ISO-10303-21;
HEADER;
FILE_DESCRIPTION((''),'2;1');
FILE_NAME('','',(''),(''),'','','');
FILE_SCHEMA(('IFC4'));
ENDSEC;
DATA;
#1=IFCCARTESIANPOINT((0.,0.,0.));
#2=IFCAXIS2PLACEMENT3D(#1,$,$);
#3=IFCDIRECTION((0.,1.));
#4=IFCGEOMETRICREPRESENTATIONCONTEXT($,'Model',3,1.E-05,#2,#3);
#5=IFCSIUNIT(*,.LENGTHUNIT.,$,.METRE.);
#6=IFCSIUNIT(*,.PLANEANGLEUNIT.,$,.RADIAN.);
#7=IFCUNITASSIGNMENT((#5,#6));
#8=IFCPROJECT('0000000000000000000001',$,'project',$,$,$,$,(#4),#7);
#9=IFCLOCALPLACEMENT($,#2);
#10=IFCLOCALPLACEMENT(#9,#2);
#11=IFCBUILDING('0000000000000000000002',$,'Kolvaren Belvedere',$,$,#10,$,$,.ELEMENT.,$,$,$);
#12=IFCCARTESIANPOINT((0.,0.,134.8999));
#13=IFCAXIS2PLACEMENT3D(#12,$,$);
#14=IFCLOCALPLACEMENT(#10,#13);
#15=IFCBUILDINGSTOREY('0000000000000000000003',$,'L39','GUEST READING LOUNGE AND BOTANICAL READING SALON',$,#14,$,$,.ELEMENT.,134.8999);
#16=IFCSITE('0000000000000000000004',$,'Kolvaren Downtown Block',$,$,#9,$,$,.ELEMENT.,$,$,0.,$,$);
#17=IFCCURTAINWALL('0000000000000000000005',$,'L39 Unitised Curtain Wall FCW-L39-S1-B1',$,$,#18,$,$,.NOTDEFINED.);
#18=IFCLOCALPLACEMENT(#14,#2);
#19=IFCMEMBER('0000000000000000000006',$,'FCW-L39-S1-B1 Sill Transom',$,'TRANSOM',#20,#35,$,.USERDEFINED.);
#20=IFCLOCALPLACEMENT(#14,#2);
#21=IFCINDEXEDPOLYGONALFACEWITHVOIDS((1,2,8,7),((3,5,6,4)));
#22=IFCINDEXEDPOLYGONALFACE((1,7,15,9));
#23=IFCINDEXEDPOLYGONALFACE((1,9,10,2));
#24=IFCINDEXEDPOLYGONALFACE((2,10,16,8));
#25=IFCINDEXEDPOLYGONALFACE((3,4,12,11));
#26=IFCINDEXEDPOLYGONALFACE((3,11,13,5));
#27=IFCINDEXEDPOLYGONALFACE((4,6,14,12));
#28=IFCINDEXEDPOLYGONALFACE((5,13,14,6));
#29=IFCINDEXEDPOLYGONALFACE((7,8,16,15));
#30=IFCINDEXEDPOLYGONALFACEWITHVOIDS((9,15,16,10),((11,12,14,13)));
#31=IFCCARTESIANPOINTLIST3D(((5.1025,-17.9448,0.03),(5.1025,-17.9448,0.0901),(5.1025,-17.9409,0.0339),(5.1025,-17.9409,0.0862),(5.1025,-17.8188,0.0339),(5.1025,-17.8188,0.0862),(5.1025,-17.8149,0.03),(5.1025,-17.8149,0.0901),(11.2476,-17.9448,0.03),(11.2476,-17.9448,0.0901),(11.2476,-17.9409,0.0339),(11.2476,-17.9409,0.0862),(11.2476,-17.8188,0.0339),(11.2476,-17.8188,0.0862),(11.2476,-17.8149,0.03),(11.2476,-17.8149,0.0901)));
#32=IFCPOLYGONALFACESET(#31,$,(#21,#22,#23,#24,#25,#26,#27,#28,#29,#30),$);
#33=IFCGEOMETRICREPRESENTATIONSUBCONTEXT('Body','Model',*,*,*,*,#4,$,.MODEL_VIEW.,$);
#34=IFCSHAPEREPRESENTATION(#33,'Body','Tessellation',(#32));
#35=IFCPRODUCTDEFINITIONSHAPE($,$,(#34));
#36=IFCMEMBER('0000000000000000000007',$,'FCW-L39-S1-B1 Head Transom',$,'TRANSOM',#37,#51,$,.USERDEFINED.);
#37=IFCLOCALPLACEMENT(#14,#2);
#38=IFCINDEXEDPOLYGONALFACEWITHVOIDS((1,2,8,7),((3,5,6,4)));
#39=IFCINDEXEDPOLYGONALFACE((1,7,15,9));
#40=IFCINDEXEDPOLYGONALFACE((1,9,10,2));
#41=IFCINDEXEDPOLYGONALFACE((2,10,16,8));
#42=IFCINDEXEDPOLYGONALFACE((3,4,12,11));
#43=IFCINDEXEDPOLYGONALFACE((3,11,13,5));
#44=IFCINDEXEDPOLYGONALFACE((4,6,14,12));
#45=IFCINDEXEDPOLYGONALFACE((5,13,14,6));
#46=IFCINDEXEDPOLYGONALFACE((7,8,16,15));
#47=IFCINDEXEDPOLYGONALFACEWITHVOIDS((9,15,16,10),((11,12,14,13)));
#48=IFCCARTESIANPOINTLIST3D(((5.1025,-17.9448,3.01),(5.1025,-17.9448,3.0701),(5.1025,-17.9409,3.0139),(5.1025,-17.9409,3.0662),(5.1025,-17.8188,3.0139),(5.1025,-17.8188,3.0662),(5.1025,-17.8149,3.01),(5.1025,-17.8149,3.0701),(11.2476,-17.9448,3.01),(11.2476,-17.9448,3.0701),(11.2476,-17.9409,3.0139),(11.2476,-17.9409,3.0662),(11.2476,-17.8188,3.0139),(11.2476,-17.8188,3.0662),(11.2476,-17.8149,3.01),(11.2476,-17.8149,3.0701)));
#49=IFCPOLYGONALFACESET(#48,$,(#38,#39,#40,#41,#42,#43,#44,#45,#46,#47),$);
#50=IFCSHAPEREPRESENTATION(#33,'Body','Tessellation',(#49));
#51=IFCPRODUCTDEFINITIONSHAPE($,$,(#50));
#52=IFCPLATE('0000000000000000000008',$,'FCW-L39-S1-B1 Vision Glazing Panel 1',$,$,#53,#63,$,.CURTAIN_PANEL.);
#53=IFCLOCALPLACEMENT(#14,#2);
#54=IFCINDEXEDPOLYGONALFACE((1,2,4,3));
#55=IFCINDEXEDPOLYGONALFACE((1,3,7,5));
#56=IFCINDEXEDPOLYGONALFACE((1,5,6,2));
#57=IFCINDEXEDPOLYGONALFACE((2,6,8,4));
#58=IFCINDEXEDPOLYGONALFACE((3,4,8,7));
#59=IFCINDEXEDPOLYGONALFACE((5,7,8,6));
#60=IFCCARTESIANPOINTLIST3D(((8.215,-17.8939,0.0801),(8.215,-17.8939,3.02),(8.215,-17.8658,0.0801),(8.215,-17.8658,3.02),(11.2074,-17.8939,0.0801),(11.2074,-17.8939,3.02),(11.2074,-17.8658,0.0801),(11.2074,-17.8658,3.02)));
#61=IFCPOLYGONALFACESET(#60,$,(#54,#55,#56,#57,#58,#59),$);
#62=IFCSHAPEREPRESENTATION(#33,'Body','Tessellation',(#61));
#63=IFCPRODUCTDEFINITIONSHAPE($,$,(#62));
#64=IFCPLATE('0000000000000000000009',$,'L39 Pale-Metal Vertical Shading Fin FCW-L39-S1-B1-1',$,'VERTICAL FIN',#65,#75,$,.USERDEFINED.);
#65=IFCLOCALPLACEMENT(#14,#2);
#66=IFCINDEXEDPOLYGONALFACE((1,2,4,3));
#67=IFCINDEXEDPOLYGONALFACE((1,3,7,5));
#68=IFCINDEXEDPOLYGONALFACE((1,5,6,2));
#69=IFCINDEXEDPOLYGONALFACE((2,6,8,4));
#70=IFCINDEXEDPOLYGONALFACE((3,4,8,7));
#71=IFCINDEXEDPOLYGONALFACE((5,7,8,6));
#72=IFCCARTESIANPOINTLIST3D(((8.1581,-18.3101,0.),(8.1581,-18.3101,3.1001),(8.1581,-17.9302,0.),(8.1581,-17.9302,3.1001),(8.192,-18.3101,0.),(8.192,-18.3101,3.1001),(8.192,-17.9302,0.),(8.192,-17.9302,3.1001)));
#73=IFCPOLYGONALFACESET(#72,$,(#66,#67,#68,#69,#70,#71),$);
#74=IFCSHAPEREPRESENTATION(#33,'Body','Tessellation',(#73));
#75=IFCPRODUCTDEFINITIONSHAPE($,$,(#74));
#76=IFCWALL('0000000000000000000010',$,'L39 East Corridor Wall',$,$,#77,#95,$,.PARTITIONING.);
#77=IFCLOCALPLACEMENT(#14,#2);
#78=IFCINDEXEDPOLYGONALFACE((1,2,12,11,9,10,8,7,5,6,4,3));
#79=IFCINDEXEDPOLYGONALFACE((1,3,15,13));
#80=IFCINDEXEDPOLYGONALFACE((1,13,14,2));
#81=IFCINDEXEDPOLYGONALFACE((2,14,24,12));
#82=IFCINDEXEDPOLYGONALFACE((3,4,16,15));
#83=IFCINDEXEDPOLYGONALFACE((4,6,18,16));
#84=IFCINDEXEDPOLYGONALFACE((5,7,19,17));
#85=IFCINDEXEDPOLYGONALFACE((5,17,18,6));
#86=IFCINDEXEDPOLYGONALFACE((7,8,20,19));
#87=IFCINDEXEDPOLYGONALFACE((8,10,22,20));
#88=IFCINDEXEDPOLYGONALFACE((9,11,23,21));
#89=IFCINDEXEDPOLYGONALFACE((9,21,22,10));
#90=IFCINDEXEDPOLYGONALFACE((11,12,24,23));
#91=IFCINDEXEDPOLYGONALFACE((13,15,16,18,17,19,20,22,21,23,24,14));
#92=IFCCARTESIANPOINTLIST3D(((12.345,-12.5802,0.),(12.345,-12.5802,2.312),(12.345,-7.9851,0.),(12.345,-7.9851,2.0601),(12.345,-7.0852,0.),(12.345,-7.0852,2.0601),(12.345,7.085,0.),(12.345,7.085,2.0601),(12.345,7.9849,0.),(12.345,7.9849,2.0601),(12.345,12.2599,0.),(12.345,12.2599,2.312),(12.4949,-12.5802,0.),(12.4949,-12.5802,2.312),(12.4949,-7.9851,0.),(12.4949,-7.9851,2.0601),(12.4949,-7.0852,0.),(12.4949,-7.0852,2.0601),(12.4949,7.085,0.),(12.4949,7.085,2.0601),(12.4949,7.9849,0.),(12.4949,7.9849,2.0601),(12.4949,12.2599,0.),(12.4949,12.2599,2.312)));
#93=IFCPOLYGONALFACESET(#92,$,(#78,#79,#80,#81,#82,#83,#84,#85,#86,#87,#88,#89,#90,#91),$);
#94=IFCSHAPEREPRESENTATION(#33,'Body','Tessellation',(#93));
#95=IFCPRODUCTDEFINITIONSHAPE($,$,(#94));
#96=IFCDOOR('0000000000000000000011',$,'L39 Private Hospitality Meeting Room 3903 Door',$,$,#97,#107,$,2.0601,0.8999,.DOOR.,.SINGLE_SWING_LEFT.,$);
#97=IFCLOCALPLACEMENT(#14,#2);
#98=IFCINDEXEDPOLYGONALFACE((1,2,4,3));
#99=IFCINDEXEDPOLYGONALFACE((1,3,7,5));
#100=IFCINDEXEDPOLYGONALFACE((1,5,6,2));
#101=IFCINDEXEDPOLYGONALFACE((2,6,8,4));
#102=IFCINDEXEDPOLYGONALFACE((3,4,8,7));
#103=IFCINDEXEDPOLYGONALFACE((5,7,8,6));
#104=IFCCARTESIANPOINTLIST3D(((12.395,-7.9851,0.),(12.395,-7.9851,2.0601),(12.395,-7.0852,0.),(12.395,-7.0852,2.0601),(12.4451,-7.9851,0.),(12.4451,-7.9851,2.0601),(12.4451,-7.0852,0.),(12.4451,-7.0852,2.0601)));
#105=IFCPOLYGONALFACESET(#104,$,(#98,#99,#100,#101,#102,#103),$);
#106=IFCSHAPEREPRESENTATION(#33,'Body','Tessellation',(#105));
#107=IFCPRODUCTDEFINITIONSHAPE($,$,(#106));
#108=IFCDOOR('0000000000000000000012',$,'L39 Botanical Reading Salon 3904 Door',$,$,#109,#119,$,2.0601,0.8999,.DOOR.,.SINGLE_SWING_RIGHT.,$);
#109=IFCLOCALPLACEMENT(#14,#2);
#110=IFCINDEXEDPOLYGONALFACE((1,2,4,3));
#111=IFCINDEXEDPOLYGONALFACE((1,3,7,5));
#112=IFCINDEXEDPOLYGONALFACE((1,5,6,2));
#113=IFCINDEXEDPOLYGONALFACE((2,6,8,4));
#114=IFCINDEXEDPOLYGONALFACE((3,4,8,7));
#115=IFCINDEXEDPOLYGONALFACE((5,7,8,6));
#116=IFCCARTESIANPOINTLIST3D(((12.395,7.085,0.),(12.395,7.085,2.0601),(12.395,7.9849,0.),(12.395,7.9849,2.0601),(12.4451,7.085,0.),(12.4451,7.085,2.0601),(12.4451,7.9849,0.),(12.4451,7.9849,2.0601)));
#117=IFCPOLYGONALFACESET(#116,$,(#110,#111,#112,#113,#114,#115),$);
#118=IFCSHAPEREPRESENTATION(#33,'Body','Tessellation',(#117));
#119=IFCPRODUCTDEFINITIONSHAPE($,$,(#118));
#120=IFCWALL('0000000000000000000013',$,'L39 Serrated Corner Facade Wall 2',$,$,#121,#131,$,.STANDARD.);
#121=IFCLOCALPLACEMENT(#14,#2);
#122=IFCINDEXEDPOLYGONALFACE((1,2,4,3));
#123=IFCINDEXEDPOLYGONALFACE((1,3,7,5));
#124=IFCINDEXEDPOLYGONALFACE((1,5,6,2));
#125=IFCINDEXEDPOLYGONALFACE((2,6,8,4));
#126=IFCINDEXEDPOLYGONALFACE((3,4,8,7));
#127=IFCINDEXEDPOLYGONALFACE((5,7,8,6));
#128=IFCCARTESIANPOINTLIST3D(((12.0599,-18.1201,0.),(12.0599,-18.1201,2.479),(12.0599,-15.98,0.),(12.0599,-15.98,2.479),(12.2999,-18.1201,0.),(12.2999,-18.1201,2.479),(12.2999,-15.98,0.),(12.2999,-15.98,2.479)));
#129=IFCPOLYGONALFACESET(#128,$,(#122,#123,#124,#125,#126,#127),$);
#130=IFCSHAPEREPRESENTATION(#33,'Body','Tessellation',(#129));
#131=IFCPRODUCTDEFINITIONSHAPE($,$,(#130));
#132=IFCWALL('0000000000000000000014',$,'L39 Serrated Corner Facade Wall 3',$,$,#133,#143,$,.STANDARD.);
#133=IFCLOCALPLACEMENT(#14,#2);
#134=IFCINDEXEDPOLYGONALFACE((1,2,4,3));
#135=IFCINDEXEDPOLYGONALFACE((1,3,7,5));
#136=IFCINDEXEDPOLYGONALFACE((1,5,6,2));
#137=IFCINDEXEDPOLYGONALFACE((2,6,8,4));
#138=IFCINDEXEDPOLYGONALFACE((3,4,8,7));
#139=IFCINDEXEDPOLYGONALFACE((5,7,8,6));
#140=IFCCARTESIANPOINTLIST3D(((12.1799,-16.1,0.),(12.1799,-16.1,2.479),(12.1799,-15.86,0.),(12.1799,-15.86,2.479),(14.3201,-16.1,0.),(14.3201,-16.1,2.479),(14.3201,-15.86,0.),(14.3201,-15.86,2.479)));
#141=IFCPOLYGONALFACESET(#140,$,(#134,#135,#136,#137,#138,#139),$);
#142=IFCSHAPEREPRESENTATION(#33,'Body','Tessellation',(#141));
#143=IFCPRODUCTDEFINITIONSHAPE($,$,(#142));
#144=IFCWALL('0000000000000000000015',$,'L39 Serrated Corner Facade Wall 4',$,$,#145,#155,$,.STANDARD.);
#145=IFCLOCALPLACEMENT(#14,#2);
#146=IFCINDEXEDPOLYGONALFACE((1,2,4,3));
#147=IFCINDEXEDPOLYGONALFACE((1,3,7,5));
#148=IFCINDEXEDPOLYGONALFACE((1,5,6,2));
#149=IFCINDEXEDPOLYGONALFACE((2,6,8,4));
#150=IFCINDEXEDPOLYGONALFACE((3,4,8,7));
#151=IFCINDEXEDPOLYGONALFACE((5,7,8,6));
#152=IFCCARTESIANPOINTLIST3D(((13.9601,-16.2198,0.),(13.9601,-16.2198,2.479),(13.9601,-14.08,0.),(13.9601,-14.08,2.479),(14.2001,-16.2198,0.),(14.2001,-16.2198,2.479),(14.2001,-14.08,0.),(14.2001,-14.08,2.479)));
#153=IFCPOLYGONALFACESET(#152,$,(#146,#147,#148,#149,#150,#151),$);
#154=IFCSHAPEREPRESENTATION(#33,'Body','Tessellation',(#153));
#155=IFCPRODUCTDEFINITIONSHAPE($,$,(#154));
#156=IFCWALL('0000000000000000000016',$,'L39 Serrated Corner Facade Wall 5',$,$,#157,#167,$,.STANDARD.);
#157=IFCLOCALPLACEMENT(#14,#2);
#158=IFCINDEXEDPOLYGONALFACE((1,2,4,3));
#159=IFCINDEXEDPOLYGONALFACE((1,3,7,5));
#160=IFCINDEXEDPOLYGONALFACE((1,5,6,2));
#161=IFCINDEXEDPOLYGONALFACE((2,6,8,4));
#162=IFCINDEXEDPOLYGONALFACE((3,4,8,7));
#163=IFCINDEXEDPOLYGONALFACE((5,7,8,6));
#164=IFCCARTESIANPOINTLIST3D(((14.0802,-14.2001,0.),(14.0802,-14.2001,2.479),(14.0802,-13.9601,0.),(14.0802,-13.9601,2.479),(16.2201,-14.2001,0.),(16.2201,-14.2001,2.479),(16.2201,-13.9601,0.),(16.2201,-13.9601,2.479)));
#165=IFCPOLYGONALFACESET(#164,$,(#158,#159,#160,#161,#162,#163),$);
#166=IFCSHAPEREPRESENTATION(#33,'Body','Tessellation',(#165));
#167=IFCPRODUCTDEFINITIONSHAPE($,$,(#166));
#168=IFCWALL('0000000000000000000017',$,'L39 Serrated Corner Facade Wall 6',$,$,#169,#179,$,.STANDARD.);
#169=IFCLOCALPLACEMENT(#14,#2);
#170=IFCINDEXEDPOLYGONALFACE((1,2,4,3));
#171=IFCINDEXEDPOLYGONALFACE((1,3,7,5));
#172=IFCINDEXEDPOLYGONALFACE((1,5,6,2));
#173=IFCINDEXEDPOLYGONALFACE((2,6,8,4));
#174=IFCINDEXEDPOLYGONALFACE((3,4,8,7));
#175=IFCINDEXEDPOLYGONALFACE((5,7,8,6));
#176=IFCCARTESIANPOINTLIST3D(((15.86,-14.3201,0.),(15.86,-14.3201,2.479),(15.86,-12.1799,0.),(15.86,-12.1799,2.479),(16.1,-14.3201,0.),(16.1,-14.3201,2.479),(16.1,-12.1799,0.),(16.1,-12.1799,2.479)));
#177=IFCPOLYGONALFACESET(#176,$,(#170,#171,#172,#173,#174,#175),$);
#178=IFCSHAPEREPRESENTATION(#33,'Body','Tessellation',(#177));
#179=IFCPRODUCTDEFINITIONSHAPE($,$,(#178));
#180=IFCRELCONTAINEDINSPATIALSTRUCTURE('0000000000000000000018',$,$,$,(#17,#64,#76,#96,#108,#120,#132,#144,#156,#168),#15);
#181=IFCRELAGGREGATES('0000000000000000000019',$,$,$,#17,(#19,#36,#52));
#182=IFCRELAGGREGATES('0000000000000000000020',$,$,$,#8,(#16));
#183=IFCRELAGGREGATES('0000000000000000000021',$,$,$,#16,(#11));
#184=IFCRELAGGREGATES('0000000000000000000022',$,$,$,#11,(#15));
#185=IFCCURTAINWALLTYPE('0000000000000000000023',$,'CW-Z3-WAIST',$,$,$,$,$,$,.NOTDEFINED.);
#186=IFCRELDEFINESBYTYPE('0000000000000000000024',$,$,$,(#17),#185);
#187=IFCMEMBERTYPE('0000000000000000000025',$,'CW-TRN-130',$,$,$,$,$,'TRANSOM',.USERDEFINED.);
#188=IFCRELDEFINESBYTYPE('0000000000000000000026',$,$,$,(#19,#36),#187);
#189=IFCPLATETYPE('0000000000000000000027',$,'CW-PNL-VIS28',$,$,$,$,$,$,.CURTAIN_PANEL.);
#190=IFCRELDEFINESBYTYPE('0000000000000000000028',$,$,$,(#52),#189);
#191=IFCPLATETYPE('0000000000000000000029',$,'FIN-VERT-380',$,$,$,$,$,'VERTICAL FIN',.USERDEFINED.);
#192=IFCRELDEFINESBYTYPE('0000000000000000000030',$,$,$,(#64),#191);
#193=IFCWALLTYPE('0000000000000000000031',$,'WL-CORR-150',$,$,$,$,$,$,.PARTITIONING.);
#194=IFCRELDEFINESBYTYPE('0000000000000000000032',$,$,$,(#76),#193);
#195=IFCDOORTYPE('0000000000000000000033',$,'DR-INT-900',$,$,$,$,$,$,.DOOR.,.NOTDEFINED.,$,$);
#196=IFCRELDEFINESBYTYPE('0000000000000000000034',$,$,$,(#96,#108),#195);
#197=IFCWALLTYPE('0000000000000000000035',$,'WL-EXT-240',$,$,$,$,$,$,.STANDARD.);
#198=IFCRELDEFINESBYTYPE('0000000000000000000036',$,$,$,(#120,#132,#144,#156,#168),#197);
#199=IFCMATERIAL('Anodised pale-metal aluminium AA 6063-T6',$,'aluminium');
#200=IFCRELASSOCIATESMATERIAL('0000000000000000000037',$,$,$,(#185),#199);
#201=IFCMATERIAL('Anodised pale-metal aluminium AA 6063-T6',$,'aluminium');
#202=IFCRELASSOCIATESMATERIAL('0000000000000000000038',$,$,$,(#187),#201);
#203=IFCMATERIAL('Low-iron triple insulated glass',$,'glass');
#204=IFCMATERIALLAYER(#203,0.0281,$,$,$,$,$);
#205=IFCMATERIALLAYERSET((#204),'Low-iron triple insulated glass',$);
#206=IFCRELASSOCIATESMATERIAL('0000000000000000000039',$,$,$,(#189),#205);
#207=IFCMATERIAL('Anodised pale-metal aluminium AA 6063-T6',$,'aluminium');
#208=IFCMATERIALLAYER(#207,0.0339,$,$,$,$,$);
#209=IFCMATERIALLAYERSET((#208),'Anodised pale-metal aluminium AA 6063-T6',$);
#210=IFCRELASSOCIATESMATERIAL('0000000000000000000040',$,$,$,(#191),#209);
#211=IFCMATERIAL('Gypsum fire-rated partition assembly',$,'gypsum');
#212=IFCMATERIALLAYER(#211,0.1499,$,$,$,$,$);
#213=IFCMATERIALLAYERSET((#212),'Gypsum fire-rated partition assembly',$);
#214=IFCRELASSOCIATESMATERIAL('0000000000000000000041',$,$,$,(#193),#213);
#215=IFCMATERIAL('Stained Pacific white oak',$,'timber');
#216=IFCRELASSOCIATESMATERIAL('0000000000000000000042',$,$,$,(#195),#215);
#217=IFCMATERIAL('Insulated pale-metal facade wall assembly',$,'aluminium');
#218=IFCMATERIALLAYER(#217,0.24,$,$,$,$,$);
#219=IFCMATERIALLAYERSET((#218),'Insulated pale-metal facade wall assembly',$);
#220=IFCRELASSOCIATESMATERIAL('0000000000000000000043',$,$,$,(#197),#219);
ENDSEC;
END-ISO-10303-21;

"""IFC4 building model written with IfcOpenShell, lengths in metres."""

from ifc_helpers import new_model, si_unit, direction, frame, frame_2d, origin, origin_2d, place, context, subcontext, project, spatial, rectangle, hollow_rectangle, extrude, material, layer, layer_set, material_profile, profile_set, type_object, element, fill, aggregate, save


model = new_model("IFC4")

# Units and contexts
model_context = context("Model", 3, precision=1e-05, world=origin(), true_north=direction((0.0, 1.0)))
body_context = subcontext(model_context, "Body", "Model", "MODEL_VIEW")
ifc_project = project(units=[si_unit("LENGTHUNIT", "METRE"), si_unit("PLANEANGLEUNIT", "RADIAN")], contexts=[model_context])

# Site, building, storey
site_placement = place(None, origin())
site = spatial("IfcSite", under=ifc_project, at=site_placement, Name="Kolvaren Downtown Block", CompositionType="ELEMENT", RefElevation=0.0)
building_placement = place(site_placement, origin())
building = spatial("IfcBuilding", under=site, at=building_placement, Name="Kolvaren Belvedere", CompositionType="ELEMENT")
storey_placement = place(building_placement, frame((0.0, 0.0, 134.8999)))
storey = spatial("IfcBuildingStorey", under=building, at=storey_placement, Name="L39", Description="GUEST READING LOUNGE AND BOTANICAL READING SALON", CompositionType="ELEMENT", Elevation=134.8999)

# Curtain wall
ifc_material_1 = material(Name="Anodised pale-metal aluminium AA 6063-T6", Category="aluminium")
curtain_wall_type = type_object("IfcCurtainWallType", Name="CW-Z3-WAIST", PredefinedType="NOTDEFINED", material=ifc_material_1)
curtain_wall_1_placement = place(storey_placement, origin())
curtain_wall_1 = element("IfcCurtainWall", 1, at=curtain_wall_1_placement, inside=storey, type_object=curtain_wall_type, Name="L39 Unitised Curtain Wall FCW-L39-S1-B1", PredefinedType="NOTDEFINED")

# Members
ifc_material_2 = material(Name="Anodised pale-metal aluminium AA 6063-T6", Category="aluminium")
ifc_material_profile_1 = material_profile(ifc_material_2, hollow_rectangle(XDim=0.0601, YDim=0.1299, WallThickness=0.0039, at=origin_2d()), Name="ALU-TRN-130X60")
ifc_profile_set_1 = profile_set([ifc_material_profile_1], Name="Anodised pale-metal aluminium AA 6063-T6")
member_type_1 = type_object("IfcMemberType", Name="CW-TRN-130", ElementType="TRANSOM", PredefinedType="USERDEFINED", material=ifc_profile_set_1)
member_1_placement = place(storey_placement, frame((11.2476, -17.8799, 0.0601), z_axis=(-1.0, 0.0, 0.0), x_axis=(0.0, 0.0, 1.0)))
member_1 = element("IfcMember", 2, at=member_1_placement, type_object=member_type_1, Name="FCW-L39-S1-B1 Sill Transom", ObjectType="TRANSOM", PredefinedType="USERDEFINED", context=body_context, shape_type="SweptSolid", body=[
    extrude(hollow_rectangle(XDim=0.0601, YDim=0.1299, WallThickness=0.0039, at=origin_2d()), origin(), (0.0, 0.0, 1.0), 6.145),
])
member_2_placement = place(storey_placement, frame((11.2476, -17.8799, 3.04), z_axis=(-1.0, 0.0, 0.0), x_axis=(0.0, 0.0, 1.0)))
member_2 = element("IfcMember", 3, at=member_2_placement, type_object=member_type_1, Name="FCW-L39-S1-B1 Head Transom", ObjectType="TRANSOM", PredefinedType="USERDEFINED", context=body_context, shape_type="SweptSolid", body=[
    extrude(hollow_rectangle(XDim=0.0601, YDim=0.1299, WallThickness=0.0039, at=origin_2d()), origin(), (0.0, 0.0, 1.0), 6.145),
])

# Plates
ifc_material_3 = material(Name="Low-iron triple insulated glass", Category="glass")
ifc_layer_1 = layer(ifc_material_3, 0.0281)
ifc_layer_set_1 = layer_set([ifc_layer_1], Name="Low-iron triple insulated glass")
plate_type_1 = type_object("IfcPlateType", Name="CW-PNL-VIS28", PredefinedType="CURTAIN_PANEL", material=ifc_layer_set_1)
plate_1_placement = place(storey_placement, frame((9.7112, -17.8799, 0.0801), z_axis=(0.0, 0.0, 1.0), x_axis=(-1.0, 0.0, 0.0)))
plate_1 = element("IfcPlate", 4, at=plate_1_placement, type_object=plate_type_1, Name="FCW-L39-S1-B1 Vision Glazing Panel 1", PredefinedType="CURTAIN_PANEL", context=body_context, shape_type="SweptSolid", body=[
    extrude(rectangle(XDim=2.9924, YDim=0.0281, at=origin_2d()), origin(), (0.0, 0.0, 1.0), 2.9399),
])
aggregate(curtain_wall_1, [member_1, member_2, plate_1])
ifc_material_4 = material(Name="Anodised pale-metal aluminium AA 6063-T6", Category="aluminium")
ifc_layer_2 = layer(ifc_material_4, 0.0339)
ifc_layer_set_2 = layer_set([ifc_layer_2], Name="Anodised pale-metal aluminium AA 6063-T6")
plate_type_2 = type_object("IfcPlateType", Name="FIN-VERT-380", ElementType="VERTICAL FIN", PredefinedType="USERDEFINED", material=ifc_layer_set_2)
plate_2_placement = place(storey_placement, frame((8.175, -18.1201, 0.0), z_axis=(0.0, 0.0, 1.0), x_axis=(0.0, 1.0, 0.0)))
element("IfcPlate", 5, at=plate_2_placement, inside=storey, type_object=plate_type_2, Name="L39 Pale-Metal Vertical Shading Fin FCW-L39-S1-B1-1", ObjectType="VERTICAL FIN", PredefinedType="USERDEFINED", context=body_context, shape_type="SweptSolid", body=[
    extrude(rectangle(XDim=0.3799, YDim=0.0339, at=origin_2d()), origin(), (0.0, 0.0, 1.0), 3.1001),
])

# Wall, openings, doors
ifc_material_5 = material(Name="Gypsum fire-rated partition assembly", Category="gypsum")
ifc_layer_3 = layer(ifc_material_5, 0.1499)
ifc_layer_set_3 = layer_set([ifc_layer_3], Name="Gypsum fire-rated partition assembly")
wall_type_1 = type_object("IfcWallType", Name="WL-CORR-150", PredefinedType="PARTITIONING", material=ifc_layer_set_3)
wall_1_placement = place(storey_placement, frame((12.4199, -12.5801, 0.0), z_axis=(0.0, 0.0, 1.0), x_axis=(0.0, 1.0, 0.0)))
wall_1 = element("IfcWall", 6, at=wall_1_placement, inside=storey, type_object=wall_type_1, Name="L39 East Corridor Wall", PredefinedType="PARTITIONING", context=body_context, shape_type="SweptSolid", body=[
    extrude(rectangle(XDim=24.8401, YDim=0.1499, at=frame_2d((12.4199, 0.0))), origin(), (0.0, 0.0, 1.0), 2.312),
])
opening_1_placement = place(wall_1_placement, frame((4.595, 0.0, 0.0)))
opening_1 = element("IfcOpeningElement", 7, at=opening_1_placement, cuts=wall_1, PredefinedType="OPENING", context=body_context, shape_type="SweptSolid", body=[
    extrude(rectangle(XDim=0.8999, YDim=2.0601, at=frame_2d((0.45, 1.03))), frame((0.0, 0.085, 0.0), z_axis=(0.0, -1.0, 0.0), x_axis=(1.0, 0.0, 0.0)), (0.0, 0.0, 1.0), 0.1699),
])
opening_2_placement = place(wall_1_placement, frame((19.665, 0.0, 0.0)))
opening_2 = element("IfcOpeningElement", 8, at=opening_2_placement, cuts=wall_1, PredefinedType="OPENING", context=body_context, shape_type="SweptSolid", body=[
    extrude(rectangle(XDim=0.8999, YDim=2.0601, at=frame_2d((0.45, 1.03))), frame((0.0, 0.085, 0.0), z_axis=(0.0, -1.0, 0.0), x_axis=(1.0, 0.0, 0.0)), (0.0, 0.0, 1.0), 0.1699),
])
ifc_material_6 = material(Name="Stained Pacific white oak", Category="timber")
door_type = type_object("IfcDoorType", Name="DR-INT-900", OperationType="NOTDEFINED", PredefinedType="DOOR", material=ifc_material_6)
door_1_placement = place(opening_1_placement, origin())
door_1 = element("IfcDoor", 9, at=door_1_placement, inside=storey, type_object=door_type, Name="L39 Private Hospitality Meeting Room 3903 Door", OperationType="SINGLE_SWING_LEFT", OverallHeight=2.0601, OverallWidth=0.8999, PredefinedType="DOOR", context=body_context, shape_type="SweptSolid", body=[
    extrude(rectangle(XDim=0.8999, YDim=2.0601, at=frame_2d((0.45, 1.03))), frame((0.0, 0.0249, 0.0), z_axis=(0.0, -1.0, 0.0), x_axis=(1.0, 0.0, 0.0)), (0.0, 0.0, 1.0), 0.05),
])
fill(opening_1, door_1)
door_2_placement = place(opening_2_placement, origin())
door_2 = element("IfcDoor", 10, at=door_2_placement, inside=storey, type_object=door_type, Name="L39 Botanical Reading Salon 3904 Door", OperationType="SINGLE_SWING_RIGHT", OverallHeight=2.0601, OverallWidth=0.8999, PredefinedType="DOOR", context=body_context, shape_type="SweptSolid", body=[
    extrude(rectangle(XDim=0.8999, YDim=2.0601, at=frame_2d((0.45, 1.03))), frame((0.0, 0.0249, 0.0), z_axis=(0.0, -1.0, 0.0), x_axis=(1.0, 0.0, 0.0)), (0.0, 0.0, 1.0), 0.05),
])
fill(opening_2, door_2)

# Walls
ifc_material_7 = material(Name="Insulated pale-metal facade wall assembly", Category="aluminium")
ifc_layer_4 = layer(ifc_material_7, 0.24)
ifc_layer_set_4 = layer_set([ifc_layer_4], Name="Insulated pale-metal facade wall assembly")
wall_type_2 = type_object("IfcWallType", Name="WL-EXT-240", PredefinedType="STANDARD", material=ifc_layer_set_4)
for number, where, z_axis, x_axis, name in (
    (11, (12.1799, -15.98, 0.0), (0.0, 0.0, 1.0), (0.0, -1.0, 0.0), "L39 Serrated Corner Facade Wall 2"),
    (12, (14.3201, -15.98, 0.0), (0.0, 0.0, 1.0), (-1.0, 0.0, 0.0), "L39 Serrated Corner Facade Wall 3"),
):
    element("IfcWall", number, at=place(storey_placement, frame(where, z_axis=z_axis, x_axis=x_axis)), inside=storey, type_object=wall_type_2, Name=name, PredefinedType="STANDARD", context=body_context, shape_type="SweptSolid", body=[
        extrude(rectangle(XDim=2.1401, YDim=0.24, at=frame_2d((1.0701, 0.0))), origin(), (0.0, 0.0, 1.0), 2.479),
    ])
for number, where, z_axis, x_axis, name in (
    (13, (14.0801, -14.0801, 0.0), (0.0, 0.0, 1.0), (0.0, -1.0, 0.0), "L39 Serrated Corner Facade Wall 4"),
    (14, (16.22, -14.0801, 0.0), (0.0, 0.0, 1.0), (-1.0, 0.0, 0.0), "L39 Serrated Corner Facade Wall 5"),
):
    element("IfcWall", number, at=place(storey_placement, frame(where, z_axis=z_axis, x_axis=x_axis)), inside=storey, type_object=wall_type_2, Name=name, PredefinedType="STANDARD", context=body_context, shape_type="SweptSolid", body=[
        extrude(rectangle(XDim=2.1399, YDim=0.24, at=frame_2d((1.0698, 0.0))), origin(), (0.0, 0.0, 1.0), 2.479),
    ])
for number, where, z_axis, x_axis, name in (
    (15, (15.98, -12.1799, 0.0), (0.0, 0.0, 1.0), (0.0, -1.0, 0.0), "L39 Serrated Corner Facade Wall 6"),
):
    element("IfcWall", number, at=place(storey_placement, frame(where, z_axis=z_axis, x_axis=x_axis)), inside=storey, type_object=wall_type_2, Name=name, PredefinedType="STANDARD", context=body_context, shape_type="SweptSolid", body=[
        extrude(rectangle(XDim=2.1401, YDim=0.24, at=frame_2d((1.0701, 0.0))), origin(), (0.0, 0.0, 1.0), 2.479),
    ])

save(model, "model.ifc")
